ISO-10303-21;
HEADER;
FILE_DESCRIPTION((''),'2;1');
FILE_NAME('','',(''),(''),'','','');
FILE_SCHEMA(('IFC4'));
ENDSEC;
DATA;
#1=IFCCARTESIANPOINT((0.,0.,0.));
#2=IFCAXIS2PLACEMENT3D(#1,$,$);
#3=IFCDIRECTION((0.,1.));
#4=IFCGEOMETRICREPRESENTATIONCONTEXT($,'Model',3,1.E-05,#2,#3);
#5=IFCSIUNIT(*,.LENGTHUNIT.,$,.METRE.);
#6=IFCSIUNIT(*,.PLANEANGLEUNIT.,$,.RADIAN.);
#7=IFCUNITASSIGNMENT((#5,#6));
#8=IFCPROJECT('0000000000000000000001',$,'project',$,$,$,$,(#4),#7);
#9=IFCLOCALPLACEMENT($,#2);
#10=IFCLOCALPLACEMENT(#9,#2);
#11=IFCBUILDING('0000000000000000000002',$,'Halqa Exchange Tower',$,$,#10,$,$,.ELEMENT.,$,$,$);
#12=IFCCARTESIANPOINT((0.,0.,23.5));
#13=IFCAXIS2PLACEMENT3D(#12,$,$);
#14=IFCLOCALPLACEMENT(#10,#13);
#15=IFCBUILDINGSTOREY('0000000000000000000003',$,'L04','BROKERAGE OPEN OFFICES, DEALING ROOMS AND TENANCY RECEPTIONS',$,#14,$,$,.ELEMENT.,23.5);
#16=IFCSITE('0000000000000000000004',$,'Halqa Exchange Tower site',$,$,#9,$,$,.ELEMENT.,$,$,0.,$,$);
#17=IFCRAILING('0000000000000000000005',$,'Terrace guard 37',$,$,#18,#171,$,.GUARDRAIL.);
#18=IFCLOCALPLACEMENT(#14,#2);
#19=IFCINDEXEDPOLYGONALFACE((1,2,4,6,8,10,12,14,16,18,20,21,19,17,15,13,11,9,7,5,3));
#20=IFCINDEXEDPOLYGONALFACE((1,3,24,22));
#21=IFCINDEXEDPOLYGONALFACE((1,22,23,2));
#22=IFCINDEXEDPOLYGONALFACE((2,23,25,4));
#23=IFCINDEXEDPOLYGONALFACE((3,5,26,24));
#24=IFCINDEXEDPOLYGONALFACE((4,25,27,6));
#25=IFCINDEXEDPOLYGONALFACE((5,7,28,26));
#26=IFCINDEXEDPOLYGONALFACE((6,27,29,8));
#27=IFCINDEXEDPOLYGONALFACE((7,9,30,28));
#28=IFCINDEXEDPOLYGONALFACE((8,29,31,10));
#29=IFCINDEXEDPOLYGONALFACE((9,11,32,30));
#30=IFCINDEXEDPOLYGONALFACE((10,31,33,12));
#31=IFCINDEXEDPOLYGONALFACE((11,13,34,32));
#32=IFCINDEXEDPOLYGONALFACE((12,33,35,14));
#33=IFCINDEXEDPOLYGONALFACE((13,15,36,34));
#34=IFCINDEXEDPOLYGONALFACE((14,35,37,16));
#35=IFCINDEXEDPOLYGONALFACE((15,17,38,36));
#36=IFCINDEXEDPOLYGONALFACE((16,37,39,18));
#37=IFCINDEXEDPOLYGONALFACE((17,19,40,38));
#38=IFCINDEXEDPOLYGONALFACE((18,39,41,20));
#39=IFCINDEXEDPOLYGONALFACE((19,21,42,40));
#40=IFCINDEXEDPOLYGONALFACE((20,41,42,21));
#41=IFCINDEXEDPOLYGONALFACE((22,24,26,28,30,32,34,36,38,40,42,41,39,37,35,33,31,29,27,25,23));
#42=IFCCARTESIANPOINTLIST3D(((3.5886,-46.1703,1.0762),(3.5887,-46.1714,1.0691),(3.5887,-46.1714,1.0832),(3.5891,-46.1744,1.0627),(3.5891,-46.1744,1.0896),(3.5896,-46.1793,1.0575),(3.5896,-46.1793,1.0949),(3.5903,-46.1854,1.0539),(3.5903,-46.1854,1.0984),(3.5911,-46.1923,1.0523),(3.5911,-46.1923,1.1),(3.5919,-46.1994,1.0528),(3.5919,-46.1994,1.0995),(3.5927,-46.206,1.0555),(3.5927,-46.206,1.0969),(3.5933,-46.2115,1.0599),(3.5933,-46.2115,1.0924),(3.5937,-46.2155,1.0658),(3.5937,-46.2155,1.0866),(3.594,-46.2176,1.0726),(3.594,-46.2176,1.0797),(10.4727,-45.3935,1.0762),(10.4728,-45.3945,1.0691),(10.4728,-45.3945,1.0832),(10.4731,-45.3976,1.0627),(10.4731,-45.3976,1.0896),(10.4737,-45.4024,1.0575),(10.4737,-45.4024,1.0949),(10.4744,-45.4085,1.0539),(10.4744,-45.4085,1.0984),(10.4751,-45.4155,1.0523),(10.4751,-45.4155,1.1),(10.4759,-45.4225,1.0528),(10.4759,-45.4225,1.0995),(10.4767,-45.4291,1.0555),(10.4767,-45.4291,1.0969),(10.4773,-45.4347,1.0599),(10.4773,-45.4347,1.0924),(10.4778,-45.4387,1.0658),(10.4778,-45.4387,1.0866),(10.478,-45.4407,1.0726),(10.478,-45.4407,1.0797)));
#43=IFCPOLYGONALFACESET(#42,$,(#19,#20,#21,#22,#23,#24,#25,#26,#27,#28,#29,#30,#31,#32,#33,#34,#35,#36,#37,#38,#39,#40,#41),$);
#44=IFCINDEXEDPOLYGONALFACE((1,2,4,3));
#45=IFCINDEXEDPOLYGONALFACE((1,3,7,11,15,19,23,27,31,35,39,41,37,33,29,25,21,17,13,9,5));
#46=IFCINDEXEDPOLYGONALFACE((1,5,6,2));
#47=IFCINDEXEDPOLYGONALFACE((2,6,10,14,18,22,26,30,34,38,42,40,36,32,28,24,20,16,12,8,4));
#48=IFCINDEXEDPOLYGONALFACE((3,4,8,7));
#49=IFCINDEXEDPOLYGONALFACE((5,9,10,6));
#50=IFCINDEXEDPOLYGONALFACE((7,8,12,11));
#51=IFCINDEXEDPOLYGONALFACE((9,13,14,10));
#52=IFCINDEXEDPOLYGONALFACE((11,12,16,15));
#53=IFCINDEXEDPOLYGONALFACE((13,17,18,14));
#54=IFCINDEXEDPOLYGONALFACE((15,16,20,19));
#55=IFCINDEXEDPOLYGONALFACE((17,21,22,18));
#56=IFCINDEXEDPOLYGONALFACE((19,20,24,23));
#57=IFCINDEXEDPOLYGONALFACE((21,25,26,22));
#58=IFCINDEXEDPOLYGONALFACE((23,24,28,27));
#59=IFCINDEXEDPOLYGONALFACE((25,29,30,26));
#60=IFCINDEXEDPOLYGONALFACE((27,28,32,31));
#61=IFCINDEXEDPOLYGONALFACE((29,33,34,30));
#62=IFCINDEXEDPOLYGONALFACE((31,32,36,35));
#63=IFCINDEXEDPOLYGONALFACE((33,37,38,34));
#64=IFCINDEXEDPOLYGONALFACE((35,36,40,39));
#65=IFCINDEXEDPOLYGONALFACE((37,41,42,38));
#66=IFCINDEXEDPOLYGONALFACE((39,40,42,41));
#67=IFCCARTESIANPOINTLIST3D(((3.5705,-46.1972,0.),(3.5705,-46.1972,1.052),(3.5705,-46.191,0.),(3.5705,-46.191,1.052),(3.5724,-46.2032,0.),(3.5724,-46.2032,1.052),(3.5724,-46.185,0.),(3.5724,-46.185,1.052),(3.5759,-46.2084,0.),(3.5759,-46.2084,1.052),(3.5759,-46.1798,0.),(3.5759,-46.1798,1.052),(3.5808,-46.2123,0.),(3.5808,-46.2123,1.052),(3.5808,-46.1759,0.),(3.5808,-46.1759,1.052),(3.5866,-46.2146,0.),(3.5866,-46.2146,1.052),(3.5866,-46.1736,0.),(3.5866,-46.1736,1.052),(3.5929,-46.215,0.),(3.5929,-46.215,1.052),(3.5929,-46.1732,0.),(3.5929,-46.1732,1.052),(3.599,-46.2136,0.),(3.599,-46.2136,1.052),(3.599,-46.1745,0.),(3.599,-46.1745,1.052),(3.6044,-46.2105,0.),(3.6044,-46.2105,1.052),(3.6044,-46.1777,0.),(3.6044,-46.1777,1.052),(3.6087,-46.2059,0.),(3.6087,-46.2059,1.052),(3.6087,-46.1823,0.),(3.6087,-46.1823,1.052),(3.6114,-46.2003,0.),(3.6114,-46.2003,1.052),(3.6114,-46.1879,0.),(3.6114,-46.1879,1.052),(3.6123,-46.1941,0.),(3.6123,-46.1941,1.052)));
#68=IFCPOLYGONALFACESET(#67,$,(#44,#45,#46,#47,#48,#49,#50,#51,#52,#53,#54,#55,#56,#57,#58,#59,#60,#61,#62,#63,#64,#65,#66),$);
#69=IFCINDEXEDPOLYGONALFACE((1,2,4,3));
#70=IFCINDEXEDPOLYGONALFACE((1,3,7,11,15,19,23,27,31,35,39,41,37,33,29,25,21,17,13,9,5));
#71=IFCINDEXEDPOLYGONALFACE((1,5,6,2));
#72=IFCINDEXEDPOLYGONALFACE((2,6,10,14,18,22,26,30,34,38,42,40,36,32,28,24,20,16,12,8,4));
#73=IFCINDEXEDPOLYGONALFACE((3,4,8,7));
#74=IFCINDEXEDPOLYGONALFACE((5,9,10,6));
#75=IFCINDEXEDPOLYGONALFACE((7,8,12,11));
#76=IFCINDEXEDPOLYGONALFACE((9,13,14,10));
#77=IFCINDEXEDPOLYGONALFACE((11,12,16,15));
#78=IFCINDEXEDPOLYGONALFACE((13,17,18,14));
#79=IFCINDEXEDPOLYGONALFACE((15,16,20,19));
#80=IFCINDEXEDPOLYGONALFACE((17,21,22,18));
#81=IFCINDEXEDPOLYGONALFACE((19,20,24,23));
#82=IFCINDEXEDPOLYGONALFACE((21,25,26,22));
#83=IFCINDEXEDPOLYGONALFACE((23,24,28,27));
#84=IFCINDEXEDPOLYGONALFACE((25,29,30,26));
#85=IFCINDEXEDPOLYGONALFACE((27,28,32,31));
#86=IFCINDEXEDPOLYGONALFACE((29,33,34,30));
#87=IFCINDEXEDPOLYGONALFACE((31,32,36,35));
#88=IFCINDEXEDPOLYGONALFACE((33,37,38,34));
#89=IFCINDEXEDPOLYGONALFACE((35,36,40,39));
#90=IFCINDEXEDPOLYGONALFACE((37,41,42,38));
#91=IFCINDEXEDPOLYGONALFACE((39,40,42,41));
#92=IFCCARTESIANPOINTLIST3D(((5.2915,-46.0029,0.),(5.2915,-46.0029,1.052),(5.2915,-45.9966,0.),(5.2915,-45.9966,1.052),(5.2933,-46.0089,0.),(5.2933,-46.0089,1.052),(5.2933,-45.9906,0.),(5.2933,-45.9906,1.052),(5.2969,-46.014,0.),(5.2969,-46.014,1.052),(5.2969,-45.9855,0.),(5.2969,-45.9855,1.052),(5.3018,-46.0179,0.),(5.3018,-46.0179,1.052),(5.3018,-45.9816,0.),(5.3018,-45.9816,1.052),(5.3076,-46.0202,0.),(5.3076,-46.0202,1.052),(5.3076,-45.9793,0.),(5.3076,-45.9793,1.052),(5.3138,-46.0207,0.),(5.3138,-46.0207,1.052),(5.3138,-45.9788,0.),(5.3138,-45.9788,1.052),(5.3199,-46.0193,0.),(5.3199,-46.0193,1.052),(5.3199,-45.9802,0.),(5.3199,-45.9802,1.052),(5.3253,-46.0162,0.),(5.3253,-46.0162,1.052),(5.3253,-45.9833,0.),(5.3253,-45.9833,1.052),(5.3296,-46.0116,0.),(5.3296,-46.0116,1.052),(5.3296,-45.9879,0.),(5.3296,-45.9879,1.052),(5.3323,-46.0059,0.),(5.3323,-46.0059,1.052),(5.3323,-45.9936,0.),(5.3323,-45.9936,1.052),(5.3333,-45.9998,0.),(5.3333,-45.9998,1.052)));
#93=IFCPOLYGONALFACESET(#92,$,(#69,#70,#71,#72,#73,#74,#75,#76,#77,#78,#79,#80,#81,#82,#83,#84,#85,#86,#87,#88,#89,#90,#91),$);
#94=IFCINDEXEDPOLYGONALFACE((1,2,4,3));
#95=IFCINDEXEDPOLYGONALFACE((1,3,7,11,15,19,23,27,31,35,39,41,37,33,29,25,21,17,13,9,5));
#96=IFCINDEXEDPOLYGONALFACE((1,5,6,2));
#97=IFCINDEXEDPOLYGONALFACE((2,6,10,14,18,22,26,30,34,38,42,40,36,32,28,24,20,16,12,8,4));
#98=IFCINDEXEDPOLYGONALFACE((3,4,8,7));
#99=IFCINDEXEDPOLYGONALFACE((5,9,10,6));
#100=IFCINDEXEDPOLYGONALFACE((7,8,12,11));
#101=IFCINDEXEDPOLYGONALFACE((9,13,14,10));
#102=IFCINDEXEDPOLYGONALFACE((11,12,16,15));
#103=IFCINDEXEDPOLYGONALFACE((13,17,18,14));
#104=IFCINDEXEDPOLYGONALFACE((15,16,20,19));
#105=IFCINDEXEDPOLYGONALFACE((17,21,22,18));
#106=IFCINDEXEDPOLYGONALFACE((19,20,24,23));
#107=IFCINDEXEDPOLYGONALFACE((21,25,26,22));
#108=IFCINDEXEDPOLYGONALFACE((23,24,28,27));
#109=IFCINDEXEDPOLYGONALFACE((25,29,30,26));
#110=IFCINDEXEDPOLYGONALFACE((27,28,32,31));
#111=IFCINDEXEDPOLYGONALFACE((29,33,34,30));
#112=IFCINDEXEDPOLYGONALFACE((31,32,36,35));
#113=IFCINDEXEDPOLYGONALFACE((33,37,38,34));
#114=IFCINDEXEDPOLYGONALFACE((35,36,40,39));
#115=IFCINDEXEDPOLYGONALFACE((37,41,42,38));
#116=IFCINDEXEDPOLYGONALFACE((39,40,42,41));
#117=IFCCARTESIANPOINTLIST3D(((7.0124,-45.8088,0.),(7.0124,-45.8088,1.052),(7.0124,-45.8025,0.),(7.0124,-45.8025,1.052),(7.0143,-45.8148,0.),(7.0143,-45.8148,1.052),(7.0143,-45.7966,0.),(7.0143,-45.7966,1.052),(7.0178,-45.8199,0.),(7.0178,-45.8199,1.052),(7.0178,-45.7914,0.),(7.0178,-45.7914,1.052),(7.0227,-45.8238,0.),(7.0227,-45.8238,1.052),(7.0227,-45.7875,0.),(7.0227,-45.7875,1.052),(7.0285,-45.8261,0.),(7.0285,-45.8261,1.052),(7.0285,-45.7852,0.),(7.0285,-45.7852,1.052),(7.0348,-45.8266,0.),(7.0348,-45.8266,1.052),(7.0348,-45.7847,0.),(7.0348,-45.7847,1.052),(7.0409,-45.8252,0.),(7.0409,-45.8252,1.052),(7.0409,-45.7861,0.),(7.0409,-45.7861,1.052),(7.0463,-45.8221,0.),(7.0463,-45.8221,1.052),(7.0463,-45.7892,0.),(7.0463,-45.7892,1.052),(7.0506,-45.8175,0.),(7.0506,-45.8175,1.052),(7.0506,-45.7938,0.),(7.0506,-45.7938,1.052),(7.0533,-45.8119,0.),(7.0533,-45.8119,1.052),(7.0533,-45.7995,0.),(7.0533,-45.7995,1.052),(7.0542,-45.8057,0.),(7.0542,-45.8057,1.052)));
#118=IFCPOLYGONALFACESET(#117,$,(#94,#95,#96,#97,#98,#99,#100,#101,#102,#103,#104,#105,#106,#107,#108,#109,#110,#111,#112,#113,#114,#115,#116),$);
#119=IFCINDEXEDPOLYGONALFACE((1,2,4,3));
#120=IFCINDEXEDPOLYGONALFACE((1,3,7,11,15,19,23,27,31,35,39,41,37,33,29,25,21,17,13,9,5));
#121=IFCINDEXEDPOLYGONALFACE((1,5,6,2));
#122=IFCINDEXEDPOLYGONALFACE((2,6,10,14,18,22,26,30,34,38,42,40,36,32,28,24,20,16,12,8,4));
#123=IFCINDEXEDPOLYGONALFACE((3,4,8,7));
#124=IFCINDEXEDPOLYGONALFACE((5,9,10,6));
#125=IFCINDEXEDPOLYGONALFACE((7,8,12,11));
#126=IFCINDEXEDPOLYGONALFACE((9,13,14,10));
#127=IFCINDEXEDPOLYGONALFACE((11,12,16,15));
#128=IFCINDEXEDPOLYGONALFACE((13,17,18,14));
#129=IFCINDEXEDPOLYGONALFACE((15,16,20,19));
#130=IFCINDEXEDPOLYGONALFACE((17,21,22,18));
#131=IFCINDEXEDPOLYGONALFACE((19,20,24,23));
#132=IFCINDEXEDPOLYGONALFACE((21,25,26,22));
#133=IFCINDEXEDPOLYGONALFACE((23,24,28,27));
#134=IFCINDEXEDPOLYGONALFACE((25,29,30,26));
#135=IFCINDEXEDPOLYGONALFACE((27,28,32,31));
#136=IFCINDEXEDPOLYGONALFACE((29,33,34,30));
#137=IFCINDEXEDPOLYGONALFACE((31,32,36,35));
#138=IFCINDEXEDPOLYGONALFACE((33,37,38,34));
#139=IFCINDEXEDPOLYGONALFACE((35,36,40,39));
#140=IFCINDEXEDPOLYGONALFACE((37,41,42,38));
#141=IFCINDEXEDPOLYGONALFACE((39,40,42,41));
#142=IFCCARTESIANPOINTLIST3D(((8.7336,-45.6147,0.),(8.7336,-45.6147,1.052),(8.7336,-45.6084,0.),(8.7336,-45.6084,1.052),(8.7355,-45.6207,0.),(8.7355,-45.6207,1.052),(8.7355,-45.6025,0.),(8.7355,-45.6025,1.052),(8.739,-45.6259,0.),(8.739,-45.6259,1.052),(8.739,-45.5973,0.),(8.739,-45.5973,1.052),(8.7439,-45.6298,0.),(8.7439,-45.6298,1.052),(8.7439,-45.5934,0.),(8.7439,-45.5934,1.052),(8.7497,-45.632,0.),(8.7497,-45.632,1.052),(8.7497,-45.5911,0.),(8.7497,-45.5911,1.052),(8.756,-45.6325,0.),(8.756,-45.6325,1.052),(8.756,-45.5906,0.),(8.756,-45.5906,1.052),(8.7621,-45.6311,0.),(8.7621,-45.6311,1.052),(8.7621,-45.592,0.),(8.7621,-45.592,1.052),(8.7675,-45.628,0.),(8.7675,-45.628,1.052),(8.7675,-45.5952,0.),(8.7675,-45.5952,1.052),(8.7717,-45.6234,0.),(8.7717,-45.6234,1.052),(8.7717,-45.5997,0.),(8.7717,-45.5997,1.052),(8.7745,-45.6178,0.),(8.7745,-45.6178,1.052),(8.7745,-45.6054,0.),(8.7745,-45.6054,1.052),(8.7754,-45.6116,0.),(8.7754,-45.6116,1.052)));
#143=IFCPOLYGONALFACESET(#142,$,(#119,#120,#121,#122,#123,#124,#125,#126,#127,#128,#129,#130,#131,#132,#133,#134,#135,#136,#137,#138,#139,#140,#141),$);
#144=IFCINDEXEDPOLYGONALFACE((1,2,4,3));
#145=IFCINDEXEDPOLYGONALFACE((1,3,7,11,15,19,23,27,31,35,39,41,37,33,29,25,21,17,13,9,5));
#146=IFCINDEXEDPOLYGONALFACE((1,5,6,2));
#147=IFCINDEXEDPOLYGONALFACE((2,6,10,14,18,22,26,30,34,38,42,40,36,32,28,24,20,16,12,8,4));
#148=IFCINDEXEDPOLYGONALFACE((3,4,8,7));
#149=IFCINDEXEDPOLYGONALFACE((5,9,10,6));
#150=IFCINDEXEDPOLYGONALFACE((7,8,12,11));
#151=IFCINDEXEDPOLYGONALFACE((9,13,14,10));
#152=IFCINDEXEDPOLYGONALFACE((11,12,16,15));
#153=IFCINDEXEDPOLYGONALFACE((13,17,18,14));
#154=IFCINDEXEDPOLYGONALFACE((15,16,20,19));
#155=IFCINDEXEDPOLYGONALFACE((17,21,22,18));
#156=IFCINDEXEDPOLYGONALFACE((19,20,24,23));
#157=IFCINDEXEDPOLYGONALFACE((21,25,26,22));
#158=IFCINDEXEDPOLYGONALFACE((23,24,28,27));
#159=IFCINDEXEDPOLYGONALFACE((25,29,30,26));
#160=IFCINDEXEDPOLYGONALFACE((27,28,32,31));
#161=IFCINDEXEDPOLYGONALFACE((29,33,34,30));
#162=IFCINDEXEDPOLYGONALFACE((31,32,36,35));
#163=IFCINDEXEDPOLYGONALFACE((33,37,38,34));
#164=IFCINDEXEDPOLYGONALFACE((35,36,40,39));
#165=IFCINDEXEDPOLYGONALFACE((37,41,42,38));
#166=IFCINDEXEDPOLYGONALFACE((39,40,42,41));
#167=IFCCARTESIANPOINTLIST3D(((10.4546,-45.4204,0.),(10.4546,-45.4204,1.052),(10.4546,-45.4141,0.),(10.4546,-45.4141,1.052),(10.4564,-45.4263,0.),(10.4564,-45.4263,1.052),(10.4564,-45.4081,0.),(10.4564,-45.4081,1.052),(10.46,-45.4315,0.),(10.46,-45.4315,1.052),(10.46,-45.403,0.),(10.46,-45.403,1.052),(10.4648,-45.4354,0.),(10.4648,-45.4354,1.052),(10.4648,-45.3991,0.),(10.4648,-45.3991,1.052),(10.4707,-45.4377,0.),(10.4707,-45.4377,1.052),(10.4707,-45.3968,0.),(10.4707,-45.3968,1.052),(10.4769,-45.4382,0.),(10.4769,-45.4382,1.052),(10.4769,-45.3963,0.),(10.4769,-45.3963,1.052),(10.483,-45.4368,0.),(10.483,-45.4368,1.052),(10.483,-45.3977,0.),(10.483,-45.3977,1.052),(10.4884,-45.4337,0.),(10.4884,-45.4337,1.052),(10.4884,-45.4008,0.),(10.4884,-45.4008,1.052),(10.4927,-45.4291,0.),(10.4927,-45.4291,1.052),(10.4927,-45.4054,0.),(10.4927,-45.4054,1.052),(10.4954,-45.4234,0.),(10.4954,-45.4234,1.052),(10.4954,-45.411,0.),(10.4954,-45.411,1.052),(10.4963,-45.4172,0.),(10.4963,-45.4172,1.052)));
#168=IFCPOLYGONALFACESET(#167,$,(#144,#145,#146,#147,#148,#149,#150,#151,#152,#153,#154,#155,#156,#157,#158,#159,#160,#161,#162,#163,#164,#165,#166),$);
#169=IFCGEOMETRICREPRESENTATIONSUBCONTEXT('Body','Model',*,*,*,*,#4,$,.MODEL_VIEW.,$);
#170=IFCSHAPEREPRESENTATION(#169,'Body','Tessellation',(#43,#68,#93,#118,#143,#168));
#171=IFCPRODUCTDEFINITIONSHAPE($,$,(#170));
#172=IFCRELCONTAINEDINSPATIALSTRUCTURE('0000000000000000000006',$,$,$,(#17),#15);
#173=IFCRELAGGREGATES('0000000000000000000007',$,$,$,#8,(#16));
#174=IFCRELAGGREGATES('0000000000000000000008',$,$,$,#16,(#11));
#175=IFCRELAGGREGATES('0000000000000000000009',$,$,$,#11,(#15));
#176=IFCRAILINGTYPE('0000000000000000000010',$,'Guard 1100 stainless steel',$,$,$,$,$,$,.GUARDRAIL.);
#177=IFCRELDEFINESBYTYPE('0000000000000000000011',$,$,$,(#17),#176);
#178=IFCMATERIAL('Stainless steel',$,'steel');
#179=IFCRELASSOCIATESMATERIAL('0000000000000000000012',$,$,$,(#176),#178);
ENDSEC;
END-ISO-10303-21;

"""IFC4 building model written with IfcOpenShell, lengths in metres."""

from ifc_helpers import new_model, si_unit, direction, frame, origin, origin_2d, place, context, subcontext, project, spatial, circle, extrude, material, type_object, element, save


model = new_model("IFC4")

# Units and contexts
model_context = context("Model", 3, precision=1e-05, world=origin(), true_north=direction((0.0, 1.0)))
body_context = subcontext(model_context, "Body", "Model", "MODEL_VIEW")
ifc_project = project(units=[si_unit("LENGTHUNIT", "METRE"), si_unit("PLANEANGLEUNIT", "RADIAN")], contexts=[model_context])

# Site, building, storey
site_placement = place(None, origin())
site = spatial("IfcSite", under=ifc_project, at=site_placement, Name="Halqa Exchange Tower site", CompositionType="ELEMENT", RefElevation=0.0)
building_placement = place(site_placement, origin())
building = spatial("IfcBuilding", under=site, at=building_placement, Name="Halqa Exchange Tower", CompositionType="ELEMENT")
storey_placement = place(building_placement, frame((0.0, 0.0, 23.5)))
storey = spatial("IfcBuildingStorey", under=building, at=storey_placement, Name="L04", Description="BROKERAGE OPEN OFFICES, DEALING ROOMS AND TENANCY RECEPTIONS", CompositionType="ELEMENT", Elevation=23.5)

# Railing
ifc_material_1 = material(Name="Stainless steel", Category="steel")
railing_type = type_object("IfcRailingType", Name="Guard 1100 stainless steel", PredefinedType="GUARDRAIL", material=ifc_material_1)
railing_1_placement = place(storey_placement, frame((3.5913, -46.1941, 0.0)))
element("IfcRailing", 1, at=railing_1_placement, inside=storey, type_object=railing_type, Name="Terrace guard 37", PredefinedType="GUARDRAIL", context=body_context, shape_type="SweptSolid", body=[
    extrude(circle(Radius=0.0239, at=origin_2d()), frame((0.0, 0.0, 1.0762), z_axis=(0.993693, 0.112137, 0.0), x_axis=(-0.112137, 0.993693, 0.0)), (0.0, 0.0, 1.0), 6.9277),
    extrude(circle(Radius=0.021, at=origin_2d()), origin(), (0.0, 0.0, 1.0), 1.052),
    extrude(circle(Radius=0.021, at=origin_2d()), frame((1.7209, 0.1943, 0.0)), (0.0, 0.0, 1.0), 1.052),
    extrude(circle(Radius=0.021, at=origin_2d()), frame((3.4419, 0.3884, 0.0)), (0.0, 0.0, 1.0), 1.052),
    extrude(circle(Radius=0.021, at=origin_2d()), frame((5.1631, 0.5825, 0.0)), (0.0, 0.0, 1.0), 1.052),
    extrude(circle(Radius=0.021, at=origin_2d()), frame((6.884, 0.7769, 0.0)), (0.0, 0.0, 1.0), 1.052),
])

save(model, "model.ifc")
